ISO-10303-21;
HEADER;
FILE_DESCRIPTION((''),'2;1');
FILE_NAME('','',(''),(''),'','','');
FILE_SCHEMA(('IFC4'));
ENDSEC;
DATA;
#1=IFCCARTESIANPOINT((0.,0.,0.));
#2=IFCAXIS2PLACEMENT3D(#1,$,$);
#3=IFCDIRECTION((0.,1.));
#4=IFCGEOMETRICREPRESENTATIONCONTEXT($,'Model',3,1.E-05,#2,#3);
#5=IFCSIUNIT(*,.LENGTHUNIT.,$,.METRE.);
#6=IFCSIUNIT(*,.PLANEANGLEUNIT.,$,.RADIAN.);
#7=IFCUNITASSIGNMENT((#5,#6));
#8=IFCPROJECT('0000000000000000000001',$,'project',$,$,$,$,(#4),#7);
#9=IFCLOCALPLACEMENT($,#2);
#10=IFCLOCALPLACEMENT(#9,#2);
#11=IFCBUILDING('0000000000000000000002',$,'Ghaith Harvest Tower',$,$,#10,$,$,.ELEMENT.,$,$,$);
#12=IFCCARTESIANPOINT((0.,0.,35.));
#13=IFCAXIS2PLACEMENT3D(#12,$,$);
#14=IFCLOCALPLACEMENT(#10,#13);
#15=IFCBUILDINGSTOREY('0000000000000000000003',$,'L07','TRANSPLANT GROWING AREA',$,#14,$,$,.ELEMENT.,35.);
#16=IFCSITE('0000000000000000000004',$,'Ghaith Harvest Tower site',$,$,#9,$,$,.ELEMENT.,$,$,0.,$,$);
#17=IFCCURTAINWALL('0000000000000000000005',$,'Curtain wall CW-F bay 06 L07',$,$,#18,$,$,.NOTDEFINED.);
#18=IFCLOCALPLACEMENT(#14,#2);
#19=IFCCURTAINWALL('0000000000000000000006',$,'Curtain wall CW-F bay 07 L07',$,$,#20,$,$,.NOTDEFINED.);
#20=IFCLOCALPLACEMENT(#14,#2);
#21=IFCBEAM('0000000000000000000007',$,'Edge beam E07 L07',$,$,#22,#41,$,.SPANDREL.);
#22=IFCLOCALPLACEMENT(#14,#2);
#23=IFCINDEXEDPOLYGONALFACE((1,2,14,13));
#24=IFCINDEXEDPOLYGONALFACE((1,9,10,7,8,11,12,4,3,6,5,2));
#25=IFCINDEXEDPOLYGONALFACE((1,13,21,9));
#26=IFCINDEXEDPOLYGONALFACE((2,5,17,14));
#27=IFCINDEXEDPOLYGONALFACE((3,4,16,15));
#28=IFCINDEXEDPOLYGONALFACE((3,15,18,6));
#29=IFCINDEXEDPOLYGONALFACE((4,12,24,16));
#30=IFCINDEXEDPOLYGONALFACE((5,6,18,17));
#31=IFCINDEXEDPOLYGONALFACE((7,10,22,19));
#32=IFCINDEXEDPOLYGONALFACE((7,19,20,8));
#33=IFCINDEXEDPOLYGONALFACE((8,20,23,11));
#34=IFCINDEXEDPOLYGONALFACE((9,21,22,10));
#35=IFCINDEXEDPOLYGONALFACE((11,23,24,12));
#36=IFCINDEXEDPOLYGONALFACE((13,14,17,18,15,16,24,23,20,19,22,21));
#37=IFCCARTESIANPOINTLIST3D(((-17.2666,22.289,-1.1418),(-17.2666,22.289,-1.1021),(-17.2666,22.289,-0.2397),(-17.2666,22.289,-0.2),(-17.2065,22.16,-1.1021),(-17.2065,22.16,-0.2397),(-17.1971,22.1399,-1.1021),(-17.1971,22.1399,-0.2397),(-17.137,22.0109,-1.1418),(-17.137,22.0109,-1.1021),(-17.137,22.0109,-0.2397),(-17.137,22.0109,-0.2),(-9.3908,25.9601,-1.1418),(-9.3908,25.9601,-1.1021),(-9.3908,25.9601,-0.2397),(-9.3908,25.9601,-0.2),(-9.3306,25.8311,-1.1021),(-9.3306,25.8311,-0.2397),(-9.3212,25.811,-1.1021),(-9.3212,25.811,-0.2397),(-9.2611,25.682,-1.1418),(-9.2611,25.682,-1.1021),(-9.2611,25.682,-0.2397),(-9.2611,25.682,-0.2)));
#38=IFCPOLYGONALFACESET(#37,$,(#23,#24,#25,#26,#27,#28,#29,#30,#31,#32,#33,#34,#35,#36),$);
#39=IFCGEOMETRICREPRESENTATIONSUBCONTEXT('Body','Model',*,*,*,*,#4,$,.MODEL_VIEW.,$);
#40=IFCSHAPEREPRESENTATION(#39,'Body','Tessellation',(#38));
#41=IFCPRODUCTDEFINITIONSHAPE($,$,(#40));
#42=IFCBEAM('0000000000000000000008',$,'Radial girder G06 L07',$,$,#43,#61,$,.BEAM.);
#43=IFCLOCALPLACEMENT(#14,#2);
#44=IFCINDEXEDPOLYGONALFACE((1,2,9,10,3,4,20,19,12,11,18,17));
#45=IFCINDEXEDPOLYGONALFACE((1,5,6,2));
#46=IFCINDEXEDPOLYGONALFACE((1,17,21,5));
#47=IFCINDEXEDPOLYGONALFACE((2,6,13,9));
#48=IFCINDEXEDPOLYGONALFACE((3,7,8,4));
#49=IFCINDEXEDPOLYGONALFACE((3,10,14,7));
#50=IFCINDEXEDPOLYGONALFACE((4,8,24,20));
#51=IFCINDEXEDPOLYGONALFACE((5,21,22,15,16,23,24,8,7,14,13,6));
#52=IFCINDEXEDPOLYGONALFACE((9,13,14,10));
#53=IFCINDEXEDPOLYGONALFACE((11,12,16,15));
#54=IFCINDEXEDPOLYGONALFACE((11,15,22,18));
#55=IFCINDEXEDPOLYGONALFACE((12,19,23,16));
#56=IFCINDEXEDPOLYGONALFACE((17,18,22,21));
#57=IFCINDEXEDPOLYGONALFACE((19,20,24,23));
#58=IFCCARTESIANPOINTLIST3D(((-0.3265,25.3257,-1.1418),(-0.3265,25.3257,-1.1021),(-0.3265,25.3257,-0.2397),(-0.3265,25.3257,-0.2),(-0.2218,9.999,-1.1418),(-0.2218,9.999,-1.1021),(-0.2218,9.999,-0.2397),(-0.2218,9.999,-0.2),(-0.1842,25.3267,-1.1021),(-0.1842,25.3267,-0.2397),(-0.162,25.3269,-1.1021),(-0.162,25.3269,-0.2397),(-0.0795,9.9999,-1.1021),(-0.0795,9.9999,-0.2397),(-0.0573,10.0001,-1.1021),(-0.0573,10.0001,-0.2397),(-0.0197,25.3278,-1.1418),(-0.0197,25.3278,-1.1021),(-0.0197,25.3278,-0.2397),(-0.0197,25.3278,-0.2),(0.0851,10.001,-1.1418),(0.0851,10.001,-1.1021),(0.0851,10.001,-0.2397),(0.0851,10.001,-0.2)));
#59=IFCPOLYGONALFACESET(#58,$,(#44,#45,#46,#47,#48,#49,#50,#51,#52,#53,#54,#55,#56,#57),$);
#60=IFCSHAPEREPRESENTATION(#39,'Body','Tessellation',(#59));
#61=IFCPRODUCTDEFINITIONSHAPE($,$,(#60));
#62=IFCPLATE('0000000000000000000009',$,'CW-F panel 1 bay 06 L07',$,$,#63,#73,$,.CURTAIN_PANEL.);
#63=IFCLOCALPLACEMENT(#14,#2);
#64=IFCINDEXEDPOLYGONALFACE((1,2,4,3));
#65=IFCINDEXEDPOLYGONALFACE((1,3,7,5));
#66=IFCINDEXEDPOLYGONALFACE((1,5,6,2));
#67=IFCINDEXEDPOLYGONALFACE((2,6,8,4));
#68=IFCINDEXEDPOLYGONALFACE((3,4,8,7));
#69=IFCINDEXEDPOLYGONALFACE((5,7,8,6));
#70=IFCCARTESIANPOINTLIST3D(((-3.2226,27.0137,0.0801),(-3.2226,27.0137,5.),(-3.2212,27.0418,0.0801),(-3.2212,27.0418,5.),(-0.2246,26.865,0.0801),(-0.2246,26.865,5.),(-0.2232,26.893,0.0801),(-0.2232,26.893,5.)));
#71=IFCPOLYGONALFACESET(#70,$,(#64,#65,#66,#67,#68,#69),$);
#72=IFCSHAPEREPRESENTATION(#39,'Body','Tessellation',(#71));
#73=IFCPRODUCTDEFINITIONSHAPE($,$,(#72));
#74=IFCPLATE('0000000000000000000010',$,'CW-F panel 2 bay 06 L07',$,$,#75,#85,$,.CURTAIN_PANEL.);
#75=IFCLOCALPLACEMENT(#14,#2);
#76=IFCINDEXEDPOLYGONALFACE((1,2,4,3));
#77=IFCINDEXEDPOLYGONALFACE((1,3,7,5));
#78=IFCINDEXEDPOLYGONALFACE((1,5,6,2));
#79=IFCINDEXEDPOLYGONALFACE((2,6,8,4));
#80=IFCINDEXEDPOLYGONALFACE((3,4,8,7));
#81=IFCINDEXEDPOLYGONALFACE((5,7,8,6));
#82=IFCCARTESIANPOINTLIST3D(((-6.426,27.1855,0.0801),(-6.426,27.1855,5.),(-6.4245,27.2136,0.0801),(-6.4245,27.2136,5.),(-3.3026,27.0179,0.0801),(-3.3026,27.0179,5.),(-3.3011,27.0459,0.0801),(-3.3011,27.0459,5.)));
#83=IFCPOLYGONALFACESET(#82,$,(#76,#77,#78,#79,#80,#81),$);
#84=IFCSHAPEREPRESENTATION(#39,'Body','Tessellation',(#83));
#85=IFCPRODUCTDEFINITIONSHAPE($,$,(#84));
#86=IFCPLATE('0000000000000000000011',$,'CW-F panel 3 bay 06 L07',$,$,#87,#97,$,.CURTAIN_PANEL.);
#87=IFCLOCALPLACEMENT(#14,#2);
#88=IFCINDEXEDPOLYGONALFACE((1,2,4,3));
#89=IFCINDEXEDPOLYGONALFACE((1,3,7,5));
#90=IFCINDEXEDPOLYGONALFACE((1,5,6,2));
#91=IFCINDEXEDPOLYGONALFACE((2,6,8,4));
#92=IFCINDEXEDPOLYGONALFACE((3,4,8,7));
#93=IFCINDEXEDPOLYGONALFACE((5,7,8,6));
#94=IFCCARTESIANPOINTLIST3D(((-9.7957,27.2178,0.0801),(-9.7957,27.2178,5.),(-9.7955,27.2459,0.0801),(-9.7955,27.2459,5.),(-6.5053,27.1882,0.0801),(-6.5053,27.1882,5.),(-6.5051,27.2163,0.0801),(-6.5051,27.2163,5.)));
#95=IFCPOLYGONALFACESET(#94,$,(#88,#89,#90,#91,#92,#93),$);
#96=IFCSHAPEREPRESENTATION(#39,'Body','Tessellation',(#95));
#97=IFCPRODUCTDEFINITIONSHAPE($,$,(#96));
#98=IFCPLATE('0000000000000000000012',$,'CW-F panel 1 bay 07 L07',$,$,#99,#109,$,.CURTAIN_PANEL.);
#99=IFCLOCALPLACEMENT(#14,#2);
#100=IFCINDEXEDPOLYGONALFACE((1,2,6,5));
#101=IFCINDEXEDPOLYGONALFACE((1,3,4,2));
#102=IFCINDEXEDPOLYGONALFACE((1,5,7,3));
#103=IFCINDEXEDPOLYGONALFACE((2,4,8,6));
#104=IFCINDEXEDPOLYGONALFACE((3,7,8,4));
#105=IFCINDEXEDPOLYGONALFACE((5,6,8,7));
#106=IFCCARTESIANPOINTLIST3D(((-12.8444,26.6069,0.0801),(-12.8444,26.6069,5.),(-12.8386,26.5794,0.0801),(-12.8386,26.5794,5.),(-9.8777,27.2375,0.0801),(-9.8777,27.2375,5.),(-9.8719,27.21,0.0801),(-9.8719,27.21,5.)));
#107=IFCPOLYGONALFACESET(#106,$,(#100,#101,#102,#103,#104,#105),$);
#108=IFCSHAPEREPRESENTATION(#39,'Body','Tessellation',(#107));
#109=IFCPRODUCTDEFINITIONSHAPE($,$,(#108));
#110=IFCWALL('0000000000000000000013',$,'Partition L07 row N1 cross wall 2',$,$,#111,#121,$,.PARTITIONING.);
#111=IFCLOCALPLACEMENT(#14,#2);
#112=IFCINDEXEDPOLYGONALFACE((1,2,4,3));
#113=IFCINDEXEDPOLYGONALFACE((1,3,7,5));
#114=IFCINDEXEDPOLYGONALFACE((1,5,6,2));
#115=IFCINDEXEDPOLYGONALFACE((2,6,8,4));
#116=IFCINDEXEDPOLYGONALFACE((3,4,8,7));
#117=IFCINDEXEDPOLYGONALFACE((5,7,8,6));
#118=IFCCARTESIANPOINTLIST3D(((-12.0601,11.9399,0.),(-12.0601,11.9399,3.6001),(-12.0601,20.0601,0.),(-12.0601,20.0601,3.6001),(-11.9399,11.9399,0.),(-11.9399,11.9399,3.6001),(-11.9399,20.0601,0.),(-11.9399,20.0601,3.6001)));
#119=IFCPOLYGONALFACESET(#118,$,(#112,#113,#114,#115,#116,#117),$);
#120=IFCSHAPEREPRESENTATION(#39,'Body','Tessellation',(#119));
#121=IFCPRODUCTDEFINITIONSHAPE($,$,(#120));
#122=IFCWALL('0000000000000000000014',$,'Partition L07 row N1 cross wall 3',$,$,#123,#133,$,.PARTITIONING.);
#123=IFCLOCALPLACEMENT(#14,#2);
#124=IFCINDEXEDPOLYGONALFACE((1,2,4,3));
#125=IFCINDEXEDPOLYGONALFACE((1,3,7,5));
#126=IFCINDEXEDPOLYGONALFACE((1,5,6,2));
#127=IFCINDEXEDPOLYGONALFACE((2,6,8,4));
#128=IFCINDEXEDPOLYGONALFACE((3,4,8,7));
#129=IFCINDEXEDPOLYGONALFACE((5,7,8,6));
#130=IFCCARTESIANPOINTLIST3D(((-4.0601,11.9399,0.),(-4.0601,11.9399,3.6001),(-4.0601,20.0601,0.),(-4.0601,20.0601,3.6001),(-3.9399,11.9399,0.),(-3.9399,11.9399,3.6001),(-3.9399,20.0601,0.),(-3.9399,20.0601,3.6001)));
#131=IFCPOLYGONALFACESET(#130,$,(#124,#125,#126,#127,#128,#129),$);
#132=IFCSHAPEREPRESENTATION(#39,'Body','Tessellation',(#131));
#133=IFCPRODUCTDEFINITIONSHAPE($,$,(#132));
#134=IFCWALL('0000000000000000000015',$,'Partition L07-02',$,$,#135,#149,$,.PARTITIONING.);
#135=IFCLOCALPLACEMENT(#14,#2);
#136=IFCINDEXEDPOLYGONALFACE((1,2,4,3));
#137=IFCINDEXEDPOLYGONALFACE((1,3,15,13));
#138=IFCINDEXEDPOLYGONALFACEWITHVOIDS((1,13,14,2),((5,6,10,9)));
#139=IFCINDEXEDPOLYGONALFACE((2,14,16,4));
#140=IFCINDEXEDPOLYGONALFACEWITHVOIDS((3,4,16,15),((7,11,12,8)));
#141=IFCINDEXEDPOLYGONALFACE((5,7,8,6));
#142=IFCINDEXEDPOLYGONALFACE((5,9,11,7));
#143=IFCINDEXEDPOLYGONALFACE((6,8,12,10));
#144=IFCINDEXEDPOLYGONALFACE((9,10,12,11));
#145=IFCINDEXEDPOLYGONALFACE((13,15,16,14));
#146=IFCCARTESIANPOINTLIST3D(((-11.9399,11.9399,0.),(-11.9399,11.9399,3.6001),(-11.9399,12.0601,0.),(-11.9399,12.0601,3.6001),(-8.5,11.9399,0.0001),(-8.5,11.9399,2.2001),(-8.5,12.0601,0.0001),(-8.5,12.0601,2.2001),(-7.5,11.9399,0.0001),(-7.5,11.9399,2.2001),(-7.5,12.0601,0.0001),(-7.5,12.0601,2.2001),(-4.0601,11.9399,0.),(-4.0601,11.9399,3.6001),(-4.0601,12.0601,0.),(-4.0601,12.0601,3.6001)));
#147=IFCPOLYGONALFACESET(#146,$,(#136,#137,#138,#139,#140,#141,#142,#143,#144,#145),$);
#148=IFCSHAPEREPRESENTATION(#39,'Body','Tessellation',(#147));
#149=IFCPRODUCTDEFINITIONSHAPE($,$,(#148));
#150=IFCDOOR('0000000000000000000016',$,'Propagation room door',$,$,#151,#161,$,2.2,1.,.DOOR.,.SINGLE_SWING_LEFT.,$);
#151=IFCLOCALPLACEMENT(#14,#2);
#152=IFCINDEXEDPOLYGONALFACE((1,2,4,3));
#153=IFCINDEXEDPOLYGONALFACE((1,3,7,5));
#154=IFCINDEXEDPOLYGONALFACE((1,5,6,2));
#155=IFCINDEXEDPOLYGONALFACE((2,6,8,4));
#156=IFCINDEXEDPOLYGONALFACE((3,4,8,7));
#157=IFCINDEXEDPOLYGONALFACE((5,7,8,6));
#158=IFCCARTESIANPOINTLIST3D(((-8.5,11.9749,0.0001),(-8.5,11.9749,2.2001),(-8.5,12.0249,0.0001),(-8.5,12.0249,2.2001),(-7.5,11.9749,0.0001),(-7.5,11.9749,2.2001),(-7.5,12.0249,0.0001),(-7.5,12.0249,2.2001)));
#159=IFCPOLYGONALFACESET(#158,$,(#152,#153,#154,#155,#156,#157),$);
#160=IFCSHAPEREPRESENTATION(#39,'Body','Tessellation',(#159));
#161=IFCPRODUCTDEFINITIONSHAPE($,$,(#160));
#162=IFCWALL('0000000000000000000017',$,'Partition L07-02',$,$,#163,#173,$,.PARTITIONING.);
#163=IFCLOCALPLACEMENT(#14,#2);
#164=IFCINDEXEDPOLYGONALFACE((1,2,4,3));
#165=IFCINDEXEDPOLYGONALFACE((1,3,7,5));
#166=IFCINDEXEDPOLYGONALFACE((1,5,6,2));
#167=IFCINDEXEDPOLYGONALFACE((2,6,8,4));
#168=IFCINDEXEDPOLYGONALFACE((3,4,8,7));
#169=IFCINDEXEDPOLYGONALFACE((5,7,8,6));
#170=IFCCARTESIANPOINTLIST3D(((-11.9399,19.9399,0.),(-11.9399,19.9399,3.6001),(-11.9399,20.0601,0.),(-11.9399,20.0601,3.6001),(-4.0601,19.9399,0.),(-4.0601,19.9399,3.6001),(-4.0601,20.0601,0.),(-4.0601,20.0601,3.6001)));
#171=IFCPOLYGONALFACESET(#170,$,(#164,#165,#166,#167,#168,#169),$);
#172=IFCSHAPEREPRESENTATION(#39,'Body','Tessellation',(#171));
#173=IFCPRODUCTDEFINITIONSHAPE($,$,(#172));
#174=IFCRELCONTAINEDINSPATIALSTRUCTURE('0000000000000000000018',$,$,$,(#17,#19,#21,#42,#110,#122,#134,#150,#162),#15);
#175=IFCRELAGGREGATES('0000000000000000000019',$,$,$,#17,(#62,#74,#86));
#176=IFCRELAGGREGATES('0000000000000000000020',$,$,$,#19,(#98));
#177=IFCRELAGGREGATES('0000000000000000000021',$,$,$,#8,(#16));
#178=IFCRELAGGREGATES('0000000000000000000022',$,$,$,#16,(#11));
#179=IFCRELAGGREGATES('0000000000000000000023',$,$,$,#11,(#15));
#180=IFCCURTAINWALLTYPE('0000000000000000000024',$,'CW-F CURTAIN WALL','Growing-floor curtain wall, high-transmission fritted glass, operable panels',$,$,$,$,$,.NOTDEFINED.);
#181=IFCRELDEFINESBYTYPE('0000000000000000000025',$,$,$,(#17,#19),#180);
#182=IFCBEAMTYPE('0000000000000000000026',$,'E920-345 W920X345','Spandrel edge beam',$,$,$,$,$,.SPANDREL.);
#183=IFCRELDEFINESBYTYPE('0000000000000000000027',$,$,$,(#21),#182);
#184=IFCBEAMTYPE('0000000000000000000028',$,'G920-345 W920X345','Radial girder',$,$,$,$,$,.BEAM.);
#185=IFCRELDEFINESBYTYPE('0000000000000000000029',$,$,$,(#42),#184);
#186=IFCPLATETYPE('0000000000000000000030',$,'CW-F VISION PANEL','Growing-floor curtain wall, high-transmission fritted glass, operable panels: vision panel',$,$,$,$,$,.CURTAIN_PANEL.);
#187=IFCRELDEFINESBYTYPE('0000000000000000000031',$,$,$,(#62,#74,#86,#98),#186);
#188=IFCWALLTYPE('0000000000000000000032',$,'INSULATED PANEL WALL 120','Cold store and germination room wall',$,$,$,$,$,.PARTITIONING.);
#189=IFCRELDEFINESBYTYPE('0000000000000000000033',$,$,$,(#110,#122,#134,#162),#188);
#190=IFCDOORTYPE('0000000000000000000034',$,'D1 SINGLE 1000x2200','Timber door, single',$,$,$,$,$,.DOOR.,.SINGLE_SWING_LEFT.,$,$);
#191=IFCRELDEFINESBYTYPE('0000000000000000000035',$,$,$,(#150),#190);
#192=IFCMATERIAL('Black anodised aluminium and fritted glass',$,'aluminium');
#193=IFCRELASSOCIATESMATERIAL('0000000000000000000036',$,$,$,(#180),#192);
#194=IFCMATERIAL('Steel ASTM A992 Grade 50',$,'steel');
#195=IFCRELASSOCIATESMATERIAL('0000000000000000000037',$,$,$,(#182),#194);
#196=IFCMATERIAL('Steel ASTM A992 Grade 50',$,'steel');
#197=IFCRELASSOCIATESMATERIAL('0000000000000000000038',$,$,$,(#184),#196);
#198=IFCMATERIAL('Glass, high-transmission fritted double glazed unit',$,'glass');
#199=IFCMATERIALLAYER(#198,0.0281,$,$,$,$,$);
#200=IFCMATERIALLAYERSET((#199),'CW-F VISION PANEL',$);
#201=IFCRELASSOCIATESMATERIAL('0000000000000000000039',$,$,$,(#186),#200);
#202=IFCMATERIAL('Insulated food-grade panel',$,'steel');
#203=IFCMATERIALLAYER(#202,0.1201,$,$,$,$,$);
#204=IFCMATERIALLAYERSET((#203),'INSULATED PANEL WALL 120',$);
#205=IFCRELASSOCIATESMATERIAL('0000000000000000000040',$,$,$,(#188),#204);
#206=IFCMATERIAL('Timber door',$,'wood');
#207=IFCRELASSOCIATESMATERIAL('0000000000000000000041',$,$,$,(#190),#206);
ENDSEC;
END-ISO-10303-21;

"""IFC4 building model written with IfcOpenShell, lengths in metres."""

from ifc_helpers import new_model, si_unit, direction, frame, frame_2d, origin, origin_2d, place, context, subcontext, project, spatial, rectangle, i_section, extrude, material, layer, layer_set, material_profile, profile_set, type_object, element, fill, aggregate, save


model = new_model("IFC4")

# Units and contexts
model_context = context("Model", 3, precision=1e-05, world=origin(), true_north=direction((0.0, 1.0)))
body_context = subcontext(model_context, "Body", "Model", "MODEL_VIEW")
ifc_project = project(units=[si_unit("LENGTHUNIT", "METRE"), si_unit("PLANEANGLEUNIT", "RADIAN")], contexts=[model_context])

# Site, building, storey
site_placement = place(None, origin())
site = spatial("IfcSite", under=ifc_project, at=site_placement, Name="Ghaith Harvest Tower site", CompositionType="ELEMENT", RefElevation=0.0)
building_placement = place(site_placement, origin())
building = spatial("IfcBuilding", under=site, at=building_placement, Name="Ghaith Harvest Tower", CompositionType="ELEMENT")
storey_placement = place(building_placement, frame((0.0, 0.0, 35.0)))
storey = spatial("IfcBuildingStorey", under=building, at=storey_placement, Name="L07", Description="TRANSPLANT GROWING AREA", CompositionType="ELEMENT", Elevation=35.0)

# Curtain walls
ifc_material_1 = material(Name="Black anodised aluminium and fritted glass", Category="aluminium")
curtain_wall_type = type_object("IfcCurtainWallType", Name="CW-F CURTAIN WALL", Description="Growing-floor curtain wall, high-transmission fritted glass, operable panels", PredefinedType="NOTDEFINED", material=ifc_material_1)
curtain_wall_1_placement = place(storey_placement, origin())
curtain_wall_1 = element("IfcCurtainWall", 1, at=curtain_wall_1_placement, inside=storey, type_object=curtain_wall_type, Name="Curtain wall CW-F bay 06 L07", PredefinedType="NOTDEFINED")
curtain_wall_2_placement = place(storey_placement, origin())
curtain_wall_2 = element("IfcCurtainWall", 2, at=curtain_wall_2_placement, inside=storey, type_object=curtain_wall_type, Name="Curtain wall CW-F bay 07 L07", PredefinedType="NOTDEFINED")

# Beams
ifc_material_2 = material(Name="Steel ASTM A992 Grade 50", Category="steel")
ifc_material_profile_1 = material_profile(ifc_material_2, i_section(OverallWidth=0.3069, OverallDepth=0.9419, WebThickness=0.0222, FlangeThickness=0.0398, at=origin_2d()), Name="W920X345")
ifc_profile_set_1 = profile_set([ifc_material_profile_1], Name="Steel ASTM A992 Grade 50")
beam_type_1 = type_object("IfcBeamType", Name="E920-345 W920X345", Description="Spandrel edge beam", PredefinedType="SPANDREL", material=ifc_profile_set_1)
beam_1_placement = place(storey_placement, frame((-9.3259, 25.821, -0.6709), z_axis=(-0.906373, -0.422478, 0.0), x_axis=(0.422478, -0.906373, 0.0)))
element("IfcBeam", 3, at=beam_1_placement, inside=storey, type_object=beam_type_1, Name="Edge beam E07 L07", PredefinedType="SPANDREL", context=body_context, shape_type="SweptSolid", body=[
    extrude(i_section(OverallWidth=0.3069, OverallDepth=0.9419, WebThickness=0.0222, FlangeThickness=0.0398, at=origin_2d()), origin(), (0.0, 0.0, 1.0), 8.6895),
])
ifc_material_3 = material(Name="Steel ASTM A992 Grade 50", Category="steel")
ifc_material_profile_2 = material_profile(ifc_material_3, i_section(OverallWidth=0.3069, OverallDepth=0.9419, WebThickness=0.0222, FlangeThickness=0.0398, at=origin_2d()), Name="W920X345")
ifc_profile_set_2 = profile_set([ifc_material_profile_2], Name="Steel ASTM A992 Grade 50")
beam_type_2 = type_object("IfcBeamType", Name="G920-345 W920X345", Description="Radial girder", PredefinedType="BEAM", material=ifc_profile_set_2)
beam_2_placement = place(storey_placement, frame((-0.0684, 10.0, -0.6709), z_axis=(-0.006833, 0.999977, 0.0), x_axis=(-0.999977, -0.006833, 0.0)))
element("IfcBeam", 4, at=beam_2_placement, inside=storey, type_object=beam_type_2, Name="Radial girder G06 L07", PredefinedType="BEAM", context=body_context, shape_type="SweptSolid", body=[
    extrude(i_section(OverallWidth=0.3069, OverallDepth=0.9419, WebThickness=0.0222, FlangeThickness=0.0398, at=origin_2d()), origin(), (0.0, 0.0, 1.0), 15.3271),
])

# Plates
ifc_material_4 = material(Name="Glass, high-transmission fritted double glazed unit", Category="glass")
ifc_layer_1 = layer(ifc_material_4, 0.0281)
ifc_layer_set_1 = layer_set([ifc_layer_1], Name="CW-F VISION PANEL")
plate_type = type_object("IfcPlateType", Name="CW-F VISION PANEL", Description="Growing-floor curtain wall, high-transmission fritted glass, operable panels: vision panel", PredefinedType="CURTAIN_PANEL", material=ifc_layer_set_1)
plate_1_placement = place(storey_placement, frame((-1.7229, 26.9534, 0.0801), z_axis=(0.0, 0.0, 1.0), x_axis=(-0.998771, 0.049554, 0.0)))
plate_1 = element("IfcPlate", 5, at=plate_1_placement, type_object=plate_type, Name="CW-F panel 1 bay 06 L07", PredefinedType="CURTAIN_PANEL", context=body_context, shape_type="SweptSolid", body=[
    extrude(rectangle(XDim=3.0017, YDim=0.0281, at=origin_2d()), origin(), (0.0, 0.0, 1.0), 4.9199),
])
plate_2_placement = place(storey_placement, frame((-4.8635, 27.1157, 0.0801), z_axis=(0.0, 0.0, 1.0), x_axis=(-0.998563, 0.0536, 0.0)))
plate_2 = element("IfcPlate", 6, at=plate_2_placement, type_object=plate_type, Name="CW-F panel 2 bay 06 L07", PredefinedType="CURTAIN_PANEL", context=body_context, shape_type="SweptSolid", body=[
    extrude(rectangle(XDim=3.1279, YDim=0.0281, at=origin_2d()), origin(), (0.0, 0.0, 1.0), 4.9199),
])
plate_3_placement = place(storey_placement, frame((-8.1504, 27.217, 0.0801), z_axis=(0.0, 0.0, 1.0), x_axis=(-0.99996, 0.008988, 0.0)))
plate_3 = element("IfcPlate", 7, at=plate_3_placement, type_object=plate_type, Name="CW-F panel 3 bay 06 L07", PredefinedType="CURTAIN_PANEL", context=body_context, shape_type="SweptSolid", body=[
    extrude(rectangle(XDim=3.2905, YDim=0.0281, at=origin_2d()), origin(), (0.0, 0.0, 1.0), 4.9199),
])
aggregate(curtain_wall_1, [plate_1, plate_2, plate_3])
plate_4_placement = place(storey_placement, frame((-11.3582, 26.9084, 0.0801), z_axis=(0.0, 0.0, 1.0), x_axis=(-0.978149, -0.207904, 0.0)))
plate_4 = element("IfcPlate", 8, at=plate_4_placement, type_object=plate_type, Name="CW-F panel 1 bay 07 L07", PredefinedType="CURTAIN_PANEL", context=body_context, shape_type="SweptSolid", body=[
    extrude(rectangle(XDim=3.033, YDim=0.0281, at=origin_2d()), origin(), (0.0, 0.0, 1.0), 4.9199),
])
aggregate(curtain_wall_2, [plate_4])

# Walls
ifc_material_5 = material(Name="Insulated food-grade panel", Category="steel")
ifc_layer_2 = layer(ifc_material_5, 0.1201)
ifc_layer_set_2 = layer_set([ifc_layer_2], Name="INSULATED PANEL WALL 120")
wall_type = type_object("IfcWallType", Name="INSULATED PANEL WALL 120", Description="Cold store and germination room wall", PredefinedType="PARTITIONING", material=ifc_layer_set_2)
for number, where, z_axis, x_axis, name in (
    (9, (-12.0, 11.9399, 0.0), (0.0, 0.0, 1.0), (0.0, 1.0, 0.0), "Partition L07 row N1 cross wall 2"),
    (10, (-4.0, 11.9399, 0.0), (0.0, 0.0, 1.0), (0.0, 1.0, 0.0), "Partition L07 row N1 cross wall 3"),
):
    element("IfcWall", number, at=place(storey_placement, frame(where, z_axis=z_axis, x_axis=x_axis)), inside=storey, type_object=wall_type, Name=name, PredefinedType="PARTITIONING", context=body_context, shape_type="SweptSolid", body=[
        extrude(rectangle(XDim=8.1201, YDim=0.1201, at=frame_2d((4.0601, 0.0))), origin(), (0.0, 0.0, 1.0), 3.6001),
    ])

# Wall, opening, door
wall_1_placement = place(storey_placement, frame((-11.9399, 12.0, 0.0), z_axis=(0.0, 0.0, 1.0), x_axis=(1.0, 0.0, 0.0)))
wall_1 = element("IfcWall", 11, at=wall_1_placement, inside=storey, type_object=wall_type, Name="Partition L07-02", PredefinedType="PARTITIONING", context=body_context, shape_type="SweptSolid", body=[
    extrude(rectangle(XDim=7.8799, YDim=0.1201, at=frame_2d((3.9399, 0.0))), origin(), (0.0, 0.0, 1.0), 3.6001),
])
opening_1_placement = place(wall_1_placement, frame((3.4399, 0.0, 0.0)))
opening_1 = element("IfcOpeningElement", 12, at=opening_1_placement, cuts=wall_1, PredefinedType="OPENING", context=body_context, shape_type="SweptSolid", body=[
    extrude(rectangle(XDim=1.0, YDim=2.2, at=frame_2d((0.5, 1.1001))), frame((0.0, 0.0701, 0.0), z_axis=(0.0, -1.0, 0.0), x_axis=(1.0, 0.0, 0.0)), (0.0, 0.0, 1.0), 0.1401),
])
ifc_material_6 = material(Name="Timber door", Category="wood")
door_type = type_object("IfcDoorType", Name="D1 SINGLE 1000x2200", Description="Timber door, single", OperationType="SINGLE_SWING_LEFT", PredefinedType="DOOR", material=ifc_material_6)
door_1_placement = place(opening_1_placement, origin())
door_1 = element("IfcDoor", 13, at=door_1_placement, inside=storey, type_object=door_type, Name="Propagation room door", OperationType="SINGLE_SWING_LEFT", OverallHeight=2.2, OverallWidth=1.0, PredefinedType="DOOR", context=body_context, shape_type="SweptSolid", body=[
    extrude(rectangle(XDim=1.0, YDim=2.2, at=frame_2d((0.5, 1.1001))), frame((0.0, 0.0249, 0.0), z_axis=(0.0, -1.0, 0.0), x_axis=(1.0, 0.0, 0.0)), (0.0, 0.0, 1.0), 0.05),
])
fill(opening_1, door_1)

# Wall
wall_2_placement = place(storey_placement, frame((-11.9399, 20.0, 0.0), z_axis=(0.0, 0.0, 1.0), x_axis=(1.0, 0.0, 0.0)))
element("IfcWall", 14, at=wall_2_placement, inside=storey, type_object=wall_type, Name="Partition L07-02", PredefinedType="PARTITIONING", context=body_context, shape_type="SweptSolid", body=[
    extrude(rectangle(XDim=7.8799, YDim=0.1201, at=frame_2d((3.9399, 0.0))), origin(), (0.0, 0.0, 1.0), 3.6001),
])

save(model, "model.ifc")
